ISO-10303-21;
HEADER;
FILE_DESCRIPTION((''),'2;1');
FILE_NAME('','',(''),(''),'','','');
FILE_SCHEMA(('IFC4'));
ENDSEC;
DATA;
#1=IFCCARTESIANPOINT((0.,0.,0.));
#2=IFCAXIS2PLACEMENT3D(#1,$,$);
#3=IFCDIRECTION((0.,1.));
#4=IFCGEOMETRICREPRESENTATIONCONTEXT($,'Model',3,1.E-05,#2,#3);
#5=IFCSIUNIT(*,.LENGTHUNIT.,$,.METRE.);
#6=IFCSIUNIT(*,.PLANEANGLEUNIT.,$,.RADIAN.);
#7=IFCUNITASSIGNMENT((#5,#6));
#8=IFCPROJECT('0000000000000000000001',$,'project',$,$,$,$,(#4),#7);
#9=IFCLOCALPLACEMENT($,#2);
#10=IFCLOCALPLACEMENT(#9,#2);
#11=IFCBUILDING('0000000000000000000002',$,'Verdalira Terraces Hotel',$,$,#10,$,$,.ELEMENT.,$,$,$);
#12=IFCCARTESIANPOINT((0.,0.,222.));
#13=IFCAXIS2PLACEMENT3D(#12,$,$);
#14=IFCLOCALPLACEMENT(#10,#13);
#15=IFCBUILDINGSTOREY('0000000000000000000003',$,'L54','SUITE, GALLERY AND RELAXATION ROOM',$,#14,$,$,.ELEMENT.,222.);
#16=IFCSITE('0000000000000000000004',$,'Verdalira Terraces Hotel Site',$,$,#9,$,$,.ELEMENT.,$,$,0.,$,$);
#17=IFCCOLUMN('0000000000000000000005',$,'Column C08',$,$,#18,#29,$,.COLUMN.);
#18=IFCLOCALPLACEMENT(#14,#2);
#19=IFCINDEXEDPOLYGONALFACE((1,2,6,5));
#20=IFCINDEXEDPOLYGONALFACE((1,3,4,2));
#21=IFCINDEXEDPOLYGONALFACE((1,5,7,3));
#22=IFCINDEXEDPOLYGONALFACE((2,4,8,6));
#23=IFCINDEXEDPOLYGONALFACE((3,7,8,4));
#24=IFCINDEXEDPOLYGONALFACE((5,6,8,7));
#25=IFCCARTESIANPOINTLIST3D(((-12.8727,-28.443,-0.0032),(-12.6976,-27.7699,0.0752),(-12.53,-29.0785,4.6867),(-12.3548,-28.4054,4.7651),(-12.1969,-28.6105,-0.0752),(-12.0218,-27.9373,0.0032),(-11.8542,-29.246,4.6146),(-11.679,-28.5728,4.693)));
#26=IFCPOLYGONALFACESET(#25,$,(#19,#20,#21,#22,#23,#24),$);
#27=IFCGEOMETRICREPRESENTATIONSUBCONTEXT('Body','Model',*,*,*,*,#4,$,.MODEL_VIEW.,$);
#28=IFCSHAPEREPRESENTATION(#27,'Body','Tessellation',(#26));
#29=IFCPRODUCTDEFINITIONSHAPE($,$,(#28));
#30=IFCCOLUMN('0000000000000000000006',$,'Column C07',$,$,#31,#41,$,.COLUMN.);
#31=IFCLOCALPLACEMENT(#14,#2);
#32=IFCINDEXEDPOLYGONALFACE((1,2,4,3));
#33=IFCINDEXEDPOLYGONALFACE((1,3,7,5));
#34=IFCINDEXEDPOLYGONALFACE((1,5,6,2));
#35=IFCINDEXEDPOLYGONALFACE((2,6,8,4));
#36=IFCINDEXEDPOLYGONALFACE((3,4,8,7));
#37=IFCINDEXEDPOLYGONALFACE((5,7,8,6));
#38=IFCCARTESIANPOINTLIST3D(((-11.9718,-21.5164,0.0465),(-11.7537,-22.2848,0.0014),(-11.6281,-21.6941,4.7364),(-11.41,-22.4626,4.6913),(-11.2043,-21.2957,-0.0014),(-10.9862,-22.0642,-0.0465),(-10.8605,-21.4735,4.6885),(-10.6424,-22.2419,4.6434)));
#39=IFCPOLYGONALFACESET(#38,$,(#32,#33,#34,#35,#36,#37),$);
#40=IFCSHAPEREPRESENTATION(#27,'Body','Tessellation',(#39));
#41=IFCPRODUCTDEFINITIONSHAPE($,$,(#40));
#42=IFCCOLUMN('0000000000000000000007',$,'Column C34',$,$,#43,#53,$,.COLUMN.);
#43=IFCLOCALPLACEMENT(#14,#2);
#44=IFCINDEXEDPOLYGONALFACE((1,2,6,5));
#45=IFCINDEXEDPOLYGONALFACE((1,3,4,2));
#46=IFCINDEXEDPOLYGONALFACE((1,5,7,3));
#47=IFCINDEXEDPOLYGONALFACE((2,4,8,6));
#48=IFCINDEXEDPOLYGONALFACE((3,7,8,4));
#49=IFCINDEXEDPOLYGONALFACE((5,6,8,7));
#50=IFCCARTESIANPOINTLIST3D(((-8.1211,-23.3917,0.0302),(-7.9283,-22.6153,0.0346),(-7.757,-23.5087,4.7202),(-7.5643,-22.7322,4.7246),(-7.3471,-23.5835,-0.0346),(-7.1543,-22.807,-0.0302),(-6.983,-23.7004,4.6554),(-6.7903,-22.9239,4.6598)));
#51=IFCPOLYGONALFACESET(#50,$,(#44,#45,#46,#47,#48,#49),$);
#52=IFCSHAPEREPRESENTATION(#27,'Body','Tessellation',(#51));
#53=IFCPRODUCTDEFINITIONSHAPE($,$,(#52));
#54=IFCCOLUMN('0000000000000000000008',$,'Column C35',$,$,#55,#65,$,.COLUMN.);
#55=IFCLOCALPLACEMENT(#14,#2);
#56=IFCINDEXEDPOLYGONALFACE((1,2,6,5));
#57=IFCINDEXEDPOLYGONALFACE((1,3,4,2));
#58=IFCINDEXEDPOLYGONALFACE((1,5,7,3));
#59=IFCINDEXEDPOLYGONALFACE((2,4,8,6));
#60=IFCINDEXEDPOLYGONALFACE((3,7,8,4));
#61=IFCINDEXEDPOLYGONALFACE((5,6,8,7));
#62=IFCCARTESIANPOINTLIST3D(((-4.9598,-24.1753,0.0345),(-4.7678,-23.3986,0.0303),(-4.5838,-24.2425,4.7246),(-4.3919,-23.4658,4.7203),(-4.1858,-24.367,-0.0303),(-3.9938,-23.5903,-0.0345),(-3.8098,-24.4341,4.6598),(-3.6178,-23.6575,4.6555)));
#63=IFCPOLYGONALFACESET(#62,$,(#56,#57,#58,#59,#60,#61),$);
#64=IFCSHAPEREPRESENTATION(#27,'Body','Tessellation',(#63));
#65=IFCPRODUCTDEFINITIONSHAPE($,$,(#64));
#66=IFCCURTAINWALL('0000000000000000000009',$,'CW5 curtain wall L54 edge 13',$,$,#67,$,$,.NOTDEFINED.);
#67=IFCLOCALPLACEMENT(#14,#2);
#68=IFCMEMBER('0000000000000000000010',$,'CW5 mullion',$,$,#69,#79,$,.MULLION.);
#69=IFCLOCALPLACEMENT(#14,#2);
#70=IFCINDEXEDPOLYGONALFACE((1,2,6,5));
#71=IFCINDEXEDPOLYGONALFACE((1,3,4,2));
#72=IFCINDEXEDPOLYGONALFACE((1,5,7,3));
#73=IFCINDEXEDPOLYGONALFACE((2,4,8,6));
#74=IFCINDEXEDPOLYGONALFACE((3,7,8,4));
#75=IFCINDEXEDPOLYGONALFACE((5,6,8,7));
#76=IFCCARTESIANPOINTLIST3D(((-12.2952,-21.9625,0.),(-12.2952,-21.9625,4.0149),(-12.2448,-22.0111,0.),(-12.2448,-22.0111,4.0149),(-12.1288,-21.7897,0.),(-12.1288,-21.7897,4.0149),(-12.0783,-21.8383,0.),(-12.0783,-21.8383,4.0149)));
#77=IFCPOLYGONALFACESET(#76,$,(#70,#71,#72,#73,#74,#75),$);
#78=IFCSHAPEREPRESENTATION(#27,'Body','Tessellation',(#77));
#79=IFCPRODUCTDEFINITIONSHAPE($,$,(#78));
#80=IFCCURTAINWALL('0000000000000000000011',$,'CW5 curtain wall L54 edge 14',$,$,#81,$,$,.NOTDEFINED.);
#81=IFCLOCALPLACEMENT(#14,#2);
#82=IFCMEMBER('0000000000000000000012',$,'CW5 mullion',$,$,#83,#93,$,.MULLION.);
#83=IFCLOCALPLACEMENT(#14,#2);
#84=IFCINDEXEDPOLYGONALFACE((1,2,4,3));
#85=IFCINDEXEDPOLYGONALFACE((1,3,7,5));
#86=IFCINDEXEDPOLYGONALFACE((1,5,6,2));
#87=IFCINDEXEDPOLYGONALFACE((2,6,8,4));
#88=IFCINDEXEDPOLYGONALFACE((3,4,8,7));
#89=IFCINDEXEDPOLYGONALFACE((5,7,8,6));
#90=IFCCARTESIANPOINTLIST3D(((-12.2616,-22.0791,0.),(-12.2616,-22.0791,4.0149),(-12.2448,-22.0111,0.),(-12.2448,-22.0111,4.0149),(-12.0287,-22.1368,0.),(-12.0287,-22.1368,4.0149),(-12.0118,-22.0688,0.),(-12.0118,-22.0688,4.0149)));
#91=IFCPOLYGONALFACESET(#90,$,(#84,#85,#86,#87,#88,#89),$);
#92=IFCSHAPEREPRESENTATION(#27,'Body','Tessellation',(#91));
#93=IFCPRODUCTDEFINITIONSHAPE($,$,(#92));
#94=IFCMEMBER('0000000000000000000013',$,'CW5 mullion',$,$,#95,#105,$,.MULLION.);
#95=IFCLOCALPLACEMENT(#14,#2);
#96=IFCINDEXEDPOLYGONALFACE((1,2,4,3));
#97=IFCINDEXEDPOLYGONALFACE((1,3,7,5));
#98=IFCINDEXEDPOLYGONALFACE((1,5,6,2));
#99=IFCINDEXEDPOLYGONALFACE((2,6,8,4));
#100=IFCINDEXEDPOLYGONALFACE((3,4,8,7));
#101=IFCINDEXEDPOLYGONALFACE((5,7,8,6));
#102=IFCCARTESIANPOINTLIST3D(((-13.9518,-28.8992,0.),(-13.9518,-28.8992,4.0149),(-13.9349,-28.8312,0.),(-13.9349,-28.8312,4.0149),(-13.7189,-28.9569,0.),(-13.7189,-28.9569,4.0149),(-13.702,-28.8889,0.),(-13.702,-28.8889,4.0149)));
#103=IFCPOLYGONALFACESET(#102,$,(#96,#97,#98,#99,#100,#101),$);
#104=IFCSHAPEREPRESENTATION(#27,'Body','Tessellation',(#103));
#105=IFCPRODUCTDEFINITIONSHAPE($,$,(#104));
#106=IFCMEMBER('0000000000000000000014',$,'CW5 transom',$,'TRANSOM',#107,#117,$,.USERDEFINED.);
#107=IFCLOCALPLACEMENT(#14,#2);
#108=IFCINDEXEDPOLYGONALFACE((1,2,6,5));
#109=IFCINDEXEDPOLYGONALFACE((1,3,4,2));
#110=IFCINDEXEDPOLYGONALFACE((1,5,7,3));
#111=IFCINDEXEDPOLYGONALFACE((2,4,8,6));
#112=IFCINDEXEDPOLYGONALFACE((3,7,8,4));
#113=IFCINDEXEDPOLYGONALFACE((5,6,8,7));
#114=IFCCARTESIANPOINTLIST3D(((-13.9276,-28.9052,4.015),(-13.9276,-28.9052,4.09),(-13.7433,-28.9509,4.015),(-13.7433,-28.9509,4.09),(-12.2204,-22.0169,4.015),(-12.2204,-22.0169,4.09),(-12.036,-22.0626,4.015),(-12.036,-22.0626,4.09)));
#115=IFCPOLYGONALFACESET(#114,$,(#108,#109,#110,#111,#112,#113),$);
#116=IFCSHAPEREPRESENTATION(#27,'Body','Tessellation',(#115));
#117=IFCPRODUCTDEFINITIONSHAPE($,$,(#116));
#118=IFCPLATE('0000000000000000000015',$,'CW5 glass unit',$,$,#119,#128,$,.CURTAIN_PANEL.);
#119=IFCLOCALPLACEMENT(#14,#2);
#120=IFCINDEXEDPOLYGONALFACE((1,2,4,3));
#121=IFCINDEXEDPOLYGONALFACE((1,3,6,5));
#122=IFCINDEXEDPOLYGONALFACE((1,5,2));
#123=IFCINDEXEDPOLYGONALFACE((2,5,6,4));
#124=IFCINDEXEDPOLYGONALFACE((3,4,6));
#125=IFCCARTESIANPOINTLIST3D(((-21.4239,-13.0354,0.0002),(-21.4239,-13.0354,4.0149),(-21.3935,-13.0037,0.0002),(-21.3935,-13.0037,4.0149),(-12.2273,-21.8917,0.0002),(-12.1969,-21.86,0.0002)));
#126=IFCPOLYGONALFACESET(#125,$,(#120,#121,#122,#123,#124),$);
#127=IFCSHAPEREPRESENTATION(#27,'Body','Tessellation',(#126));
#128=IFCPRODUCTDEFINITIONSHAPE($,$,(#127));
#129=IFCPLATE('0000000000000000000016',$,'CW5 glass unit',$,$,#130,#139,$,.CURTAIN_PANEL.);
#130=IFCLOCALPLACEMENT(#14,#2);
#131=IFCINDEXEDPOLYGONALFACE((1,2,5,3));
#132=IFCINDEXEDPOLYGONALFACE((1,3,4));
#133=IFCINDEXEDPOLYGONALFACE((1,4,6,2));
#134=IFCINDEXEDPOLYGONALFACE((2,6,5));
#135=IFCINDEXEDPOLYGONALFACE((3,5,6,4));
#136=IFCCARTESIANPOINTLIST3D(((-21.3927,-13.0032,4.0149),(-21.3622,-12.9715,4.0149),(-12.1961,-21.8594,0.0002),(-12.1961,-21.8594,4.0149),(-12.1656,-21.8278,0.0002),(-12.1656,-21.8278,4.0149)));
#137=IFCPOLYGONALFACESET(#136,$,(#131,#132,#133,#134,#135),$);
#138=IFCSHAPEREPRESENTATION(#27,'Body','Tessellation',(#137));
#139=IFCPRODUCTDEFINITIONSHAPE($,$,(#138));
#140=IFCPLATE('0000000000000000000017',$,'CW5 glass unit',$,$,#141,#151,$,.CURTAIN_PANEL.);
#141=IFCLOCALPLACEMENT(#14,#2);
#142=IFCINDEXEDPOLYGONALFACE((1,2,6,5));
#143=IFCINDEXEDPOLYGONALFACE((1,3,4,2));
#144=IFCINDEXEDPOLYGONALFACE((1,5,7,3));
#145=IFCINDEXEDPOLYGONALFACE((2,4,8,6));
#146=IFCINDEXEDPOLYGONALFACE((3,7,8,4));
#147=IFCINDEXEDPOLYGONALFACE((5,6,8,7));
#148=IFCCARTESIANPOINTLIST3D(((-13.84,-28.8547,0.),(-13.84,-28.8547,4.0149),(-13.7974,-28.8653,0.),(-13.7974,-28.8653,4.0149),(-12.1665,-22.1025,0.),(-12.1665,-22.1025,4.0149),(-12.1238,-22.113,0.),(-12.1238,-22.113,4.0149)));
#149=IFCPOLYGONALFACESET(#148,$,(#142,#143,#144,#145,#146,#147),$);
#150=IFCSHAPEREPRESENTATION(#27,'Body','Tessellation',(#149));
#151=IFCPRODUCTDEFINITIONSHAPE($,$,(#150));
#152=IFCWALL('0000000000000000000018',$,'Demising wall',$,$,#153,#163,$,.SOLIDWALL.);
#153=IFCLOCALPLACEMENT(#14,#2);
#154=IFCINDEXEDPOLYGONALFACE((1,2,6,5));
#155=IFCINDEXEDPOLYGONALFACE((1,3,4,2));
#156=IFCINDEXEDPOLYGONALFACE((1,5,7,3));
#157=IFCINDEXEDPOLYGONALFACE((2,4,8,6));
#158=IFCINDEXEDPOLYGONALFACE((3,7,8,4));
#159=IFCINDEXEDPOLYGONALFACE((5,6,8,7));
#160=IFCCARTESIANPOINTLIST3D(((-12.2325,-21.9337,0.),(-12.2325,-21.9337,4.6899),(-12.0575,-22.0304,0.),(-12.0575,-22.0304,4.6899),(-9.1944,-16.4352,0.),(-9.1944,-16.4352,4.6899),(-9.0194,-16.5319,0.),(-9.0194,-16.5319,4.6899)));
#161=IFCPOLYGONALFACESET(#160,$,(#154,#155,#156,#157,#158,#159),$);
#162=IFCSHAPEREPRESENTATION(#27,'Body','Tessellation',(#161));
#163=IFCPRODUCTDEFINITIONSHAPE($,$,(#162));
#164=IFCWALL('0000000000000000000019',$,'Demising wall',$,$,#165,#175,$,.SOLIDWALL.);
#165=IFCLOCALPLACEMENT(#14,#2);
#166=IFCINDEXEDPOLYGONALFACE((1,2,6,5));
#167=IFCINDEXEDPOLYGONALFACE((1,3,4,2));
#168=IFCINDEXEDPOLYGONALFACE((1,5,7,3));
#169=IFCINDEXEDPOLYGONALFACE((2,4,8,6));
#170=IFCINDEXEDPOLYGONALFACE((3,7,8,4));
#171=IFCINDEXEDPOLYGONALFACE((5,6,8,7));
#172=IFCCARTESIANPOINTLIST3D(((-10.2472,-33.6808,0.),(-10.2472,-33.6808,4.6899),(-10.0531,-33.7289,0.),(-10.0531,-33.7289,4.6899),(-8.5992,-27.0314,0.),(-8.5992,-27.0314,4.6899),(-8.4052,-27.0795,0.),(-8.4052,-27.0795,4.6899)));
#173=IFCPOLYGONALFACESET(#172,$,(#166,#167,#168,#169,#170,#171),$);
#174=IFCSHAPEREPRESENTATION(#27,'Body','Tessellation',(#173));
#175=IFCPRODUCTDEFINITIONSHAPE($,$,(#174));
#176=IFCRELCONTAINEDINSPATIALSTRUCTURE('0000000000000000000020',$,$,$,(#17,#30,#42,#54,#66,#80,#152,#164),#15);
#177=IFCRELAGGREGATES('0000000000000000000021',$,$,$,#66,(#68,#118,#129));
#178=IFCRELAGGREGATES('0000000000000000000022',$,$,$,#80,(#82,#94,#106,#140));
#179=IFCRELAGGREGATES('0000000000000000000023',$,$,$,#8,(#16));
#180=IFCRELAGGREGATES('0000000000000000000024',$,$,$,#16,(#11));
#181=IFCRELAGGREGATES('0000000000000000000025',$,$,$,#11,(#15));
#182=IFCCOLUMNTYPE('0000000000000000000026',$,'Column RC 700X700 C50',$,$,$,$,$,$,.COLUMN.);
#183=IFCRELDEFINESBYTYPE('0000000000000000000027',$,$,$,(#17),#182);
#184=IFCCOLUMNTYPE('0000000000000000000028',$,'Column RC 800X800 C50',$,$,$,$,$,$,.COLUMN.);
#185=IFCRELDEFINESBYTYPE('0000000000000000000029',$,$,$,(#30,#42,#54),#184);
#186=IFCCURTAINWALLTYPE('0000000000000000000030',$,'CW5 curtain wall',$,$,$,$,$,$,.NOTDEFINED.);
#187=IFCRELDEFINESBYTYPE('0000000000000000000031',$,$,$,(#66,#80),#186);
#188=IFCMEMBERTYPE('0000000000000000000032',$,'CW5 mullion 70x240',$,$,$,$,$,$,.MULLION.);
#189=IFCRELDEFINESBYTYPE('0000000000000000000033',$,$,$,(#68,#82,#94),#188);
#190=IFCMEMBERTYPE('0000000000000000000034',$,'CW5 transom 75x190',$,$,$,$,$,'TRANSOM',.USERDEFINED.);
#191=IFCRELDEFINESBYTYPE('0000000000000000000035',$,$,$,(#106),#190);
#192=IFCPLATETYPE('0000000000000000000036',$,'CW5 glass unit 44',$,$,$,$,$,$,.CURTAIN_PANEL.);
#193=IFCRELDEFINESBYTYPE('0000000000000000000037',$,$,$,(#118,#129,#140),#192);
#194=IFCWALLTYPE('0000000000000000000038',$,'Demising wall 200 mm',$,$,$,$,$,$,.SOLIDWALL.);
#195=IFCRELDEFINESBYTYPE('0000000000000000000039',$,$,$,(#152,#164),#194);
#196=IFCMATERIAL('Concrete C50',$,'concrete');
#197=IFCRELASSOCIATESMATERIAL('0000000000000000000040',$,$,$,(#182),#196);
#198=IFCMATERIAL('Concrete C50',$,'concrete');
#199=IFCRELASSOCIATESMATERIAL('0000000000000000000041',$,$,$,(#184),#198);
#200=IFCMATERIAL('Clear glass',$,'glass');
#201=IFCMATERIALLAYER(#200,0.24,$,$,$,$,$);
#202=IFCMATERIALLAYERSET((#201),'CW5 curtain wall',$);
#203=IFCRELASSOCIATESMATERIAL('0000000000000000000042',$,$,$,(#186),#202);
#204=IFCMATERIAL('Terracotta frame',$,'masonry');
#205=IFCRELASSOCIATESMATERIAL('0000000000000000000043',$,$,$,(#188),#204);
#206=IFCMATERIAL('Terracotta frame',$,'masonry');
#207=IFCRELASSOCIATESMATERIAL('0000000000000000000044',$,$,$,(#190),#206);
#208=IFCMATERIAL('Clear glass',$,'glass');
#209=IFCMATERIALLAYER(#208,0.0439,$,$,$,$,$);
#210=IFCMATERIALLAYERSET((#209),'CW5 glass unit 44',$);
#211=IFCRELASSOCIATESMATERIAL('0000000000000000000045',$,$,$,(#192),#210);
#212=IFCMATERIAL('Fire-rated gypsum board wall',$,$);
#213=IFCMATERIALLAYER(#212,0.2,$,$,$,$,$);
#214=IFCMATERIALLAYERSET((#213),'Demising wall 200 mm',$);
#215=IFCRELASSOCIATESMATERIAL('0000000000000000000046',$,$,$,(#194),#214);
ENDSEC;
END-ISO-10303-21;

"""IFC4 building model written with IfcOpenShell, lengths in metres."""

from ifc_helpers import new_model, si_unit, direction, frame, frame_2d, origin, origin_2d, place, context, subcontext, project, spatial, polyline, rectangle, outline, extrude, material, layer, layer_set, material_profile, profile_set, type_object, element, aggregate, save


model = new_model("IFC4")

# Units and contexts
model_context = context("Model", 3, precision=1e-05, world=origin(), true_north=direction((0.0, 1.0)))
body_context = subcontext(model_context, "Body", "Model", "MODEL_VIEW")
ifc_project = project(units=[si_unit("LENGTHUNIT", "METRE"), si_unit("PLANEANGLEUNIT", "RADIAN")], contexts=[model_context])

# Site, building, storey
site_placement = place(None, origin())
site = spatial("IfcSite", under=ifc_project, at=site_placement, Name="Verdalira Terraces Hotel Site", CompositionType="ELEMENT", RefElevation=0.0)
building_placement = place(site_placement, origin())
building = spatial("IfcBuilding", under=site, at=building_placement, Name="Verdalira Terraces Hotel", CompositionType="ELEMENT")
storey_placement = place(building_placement, frame((0.0, 0.0, 222.0)))
storey = spatial("IfcBuildingStorey", under=building, at=storey_placement, Name="L54", Description="SUITE, GALLERY AND RELAXATION ROOM", CompositionType="ELEMENT", Elevation=222.0)

# Columns
ifc_material_1 = material(Name="Concrete C50", Category="concrete")
ifc_material_profile_1 = material_profile(ifc_material_1, rectangle(XDim=0.7, YDim=0.7, at=origin_2d()), Name="RC 700X700")
ifc_profile_set_1 = profile_set([ifc_material_profile_1], Name="Concrete C50")
column_type_1 = type_object("IfcColumnType", Name="Column RC 700X700 C50", PredefinedType="COLUMN", material=ifc_profile_set_1)
column_1_placement = place(storey_placement, frame((-12.4473, -28.1902, 0.0), z_axis=(0.072236, -0.133924, 0.988355), x_axis=(-0.250241, -0.961681, -0.112021)))
element("IfcColumn", 1, at=column_1_placement, inside=storey, type_object=column_type_1, Name="Column C08", PredefinedType="COLUMN", context=body_context, shape_type="SweptSolid", body=[
    extrude(rectangle(XDim=0.7, YDim=0.7, at=origin_2d()), origin(), (0.0, 0.0, 1.0), 4.7451),
])
ifc_material_2 = material(Name="Concrete C50", Category="concrete")
ifc_material_profile_2 = material_profile(ifc_material_2, rectangle(XDim=0.8, YDim=0.8, at=origin_2d()), Name="RC 800X800")
ifc_profile_set_2 = profile_set([ifc_material_profile_2], Name="Concrete C50")
column_type_2 = type_object("IfcColumnType", Name="Column RC 800X800 C50", PredefinedType="COLUMN", material=ifc_profile_set_2)
column_2_placement = place(storey_placement, frame((-11.479, -21.7903, 0.0), z_axis=(0.073047, -0.037769, 0.996613), x_axis=(-0.272605, 0.960473, 0.05638)))
element("IfcColumn", 2, at=column_2_placement, inside=storey, type_object=column_type_2, Name="Column C07", PredefinedType="COLUMN", context=body_context, shape_type="SweptSolid", body=[
    extrude(rectangle(XDim=0.8, YDim=0.8, at=origin_2d()), origin(), (0.0, 0.0, 1.0), 4.7058),
])
for number, where, z_axis, x_axis, name in (
    (3, (-7.6377, -23.0994, 0.0), (0.077359, -0.024852, 0.996693), (-0.240897, -0.970535, -0.005503), "Column C34"),
    (4, (-4.4768, -23.8828, 0.0), (0.079902, -0.014268, 0.996701), (-0.239934, -0.970774, 0.005338), "Column C35"),
):
    element("IfcColumn", number, at=place(storey_placement, frame(where, z_axis=z_axis, x_axis=x_axis)), inside=storey, type_object=column_type_2, Name=name, PredefinedType="COLUMN", context=body_context, shape_type="SweptSolid", body=[
        extrude(rectangle(XDim=0.8, YDim=0.8, at=origin_2d()), origin(), (0.0, 0.0, 1.0), 4.7056),
    ])

# Curtain wall, member
ifc_material_3 = material(Name="Clear glass", Category="glass")
ifc_layer_1 = layer(ifc_material_3, 0.24)
ifc_layer_set_1 = layer_set([ifc_layer_1], Name="CW5 curtain wall")
curtain_wall_type = type_object("IfcCurtainWallType", Name="CW5 curtain wall", PredefinedType="NOTDEFINED", material=ifc_layer_set_1)
curtain_wall_1_placement = place(storey_placement, origin())
curtain_wall_1 = element("IfcCurtainWall", 5, at=curtain_wall_1_placement, inside=storey, type_object=curtain_wall_type, Name="CW5 curtain wall L54 edge 13", PredefinedType="NOTDEFINED")
ifc_material_4 = material(Name="Terracotta frame", Category="masonry")
ifc_material_profile_3 = material_profile(ifc_material_4, rectangle(XDim=0.0701, YDim=0.24, at=origin_2d()), Name="MU 70x240")
ifc_profile_set_3 = profile_set([ifc_material_profile_3], Name="Terracotta frame")
member_type_1 = type_object("IfcMemberType", Name="CW5 mullion 70x240", PredefinedType="MULLION", material=ifc_profile_set_3)
member_1_placement = place(storey_placement, frame((-12.1868, -21.9004, 0.0), z_axis=(0.0, 0.0, 1.0), x_axis=(0.720309, -0.693653, 0.0)))
member_1 = element("IfcMember", 6, at=member_1_placement, type_object=member_type_1, Name="CW5 mullion", PredefinedType="MULLION", context=body_context, shape_type="SweptSolid", body=[
    extrude(rectangle(XDim=0.0701, YDim=0.24, at=origin_2d()), origin(), (0.0, 0.0, 1.0), 4.0149),
])

# Curtain wall, members
curtain_wall_2_placement = place(storey_placement, origin())
curtain_wall_2 = element("IfcCurtainWall", 7, at=curtain_wall_2_placement, inside=storey, type_object=curtain_wall_type, Name="CW5 curtain wall L54 edge 14", PredefinedType="NOTDEFINED")
member_2_placement = place(storey_placement, frame((-12.1367, -22.074, 0.0), z_axis=(0.0, 0.0, 1.0), x_axis=(-0.240567, -0.970633, 0.0)))
member_2 = element("IfcMember", 8, at=member_2_placement, type_object=member_type_1, Name="CW5 mullion", PredefinedType="MULLION", context=body_context, shape_type="SweptSolid", body=[
    extrude(rectangle(XDim=0.0701, YDim=0.24, at=origin_2d()), origin(), (0.0, 0.0, 1.0), 4.0149),
])
member_3_placement = place(storey_placement, frame((-13.8269, -28.894, 0.0), z_axis=(0.0, 0.0, 1.0), x_axis=(-0.240567, -0.970633, 0.0)))
member_3 = element("IfcMember", 9, at=member_3_placement, type_object=member_type_1, Name="CW5 mullion", PredefinedType="MULLION", context=body_context, shape_type="SweptSolid", body=[
    extrude(rectangle(XDim=0.0701, YDim=0.24, at=origin_2d()), origin(), (0.0, 0.0, 1.0), 4.0149),
])
ifc_material_5 = material(Name="Terracotta frame", Category="masonry")
ifc_material_profile_4 = material_profile(ifc_material_5, rectangle(XDim=0.1899, YDim=0.075, at=origin_2d()), Name="TR 75x190")
ifc_profile_set_4 = profile_set([ifc_material_profile_4], Name="Terracotta frame")
member_type_2 = type_object("IfcMemberType", Name="CW5 transom 75x190", ElementType="TRANSOM", PredefinedType="USERDEFINED", material=ifc_profile_set_4)
member_4_placement = place(storey_placement, frame((-12.1282, -22.0398, 4.0525), z_axis=(-0.240576, -0.97063, 0.0), x_axis=(0.97063, -0.240576, 0.0)))
member_4 = element("IfcMember", 10, at=member_4_placement, type_object=member_type_2, Name="CW5 transom", ObjectType="TRANSOM", PredefinedType="USERDEFINED", context=body_context, shape_type="SweptSolid", body=[
    extrude(rectangle(XDim=0.1899, YDim=0.075, at=origin_2d()), origin(), (0.0, 0.0, 1.0), 7.0967),
])

# Plates
ifc_material_6 = material(Name="Clear glass", Category="glass")
ifc_layer_2 = layer(ifc_material_6, 0.0439)
ifc_layer_set_2 = layer_set([ifc_layer_2], Name="CW5 glass unit 44")
plate_type = type_object("IfcPlateType", Name="CW5 glass unit 44", PredefinedType="CURTAIN_PANEL", material=ifc_layer_set_2)
plate_1_placement = place(storey_placement, frame((-16.7952, -17.4319, 2.0076), z_axis=(-0.693653, -0.720309, 0.0), x_axis=(0.720309, -0.693653, 0.0)))
plate_1 = element("IfcPlate", 11, at=plate_1_placement, type_object=plate_type, Name="CW5 glass unit", PredefinedType="CURTAIN_PANEL", context=body_context, shape_type="SweptSolid", body=[
    extrude(outline(polyline([(-6.3838, -2.0073), (6.3838, -2.0073), (-6.3838, 2.0073), (-6.3838, -2.0073)])), origin(), (0.0, 0.0, 1.0), 0.0439),
])
plate_2_placement = place(storey_placement, frame((-16.7639, -17.3997, 2.0076), z_axis=(-0.693653, -0.720309, 0.0), x_axis=(0.720309, -0.693653, 0.0)))
plate_2 = element("IfcPlate", 12, at=plate_2_placement, type_object=plate_type, Name="CW5 glass unit", PredefinedType="CURTAIN_PANEL", context=body_context, shape_type="SweptSolid", body=[
    extrude(outline(polyline([(6.3838, -2.0073), (6.3838, 2.0073), (-6.3838, 2.0073), (6.3838, -2.0073)])), origin(), (0.0, 0.0, 1.0), 0.0439),
])
aggregate(curtain_wall_1, [member_1, plate_1, plate_2])
plate_3_placement = place(storey_placement, frame((-12.9819, -25.4839, 0.0), z_axis=(0.0, 0.0, 1.0), x_axis=(-0.240567, -0.970633, 0.0)))
plate_3 = element("IfcPlate", 13, at=plate_3_placement, type_object=plate_type, Name="CW5 glass unit", PredefinedType="CURTAIN_PANEL", context=body_context, shape_type="SweptSolid", body=[
    extrude(rectangle(XDim=6.9565, YDim=0.0439, at=origin_2d()), origin(), (0.0, 0.0, 1.0), 4.0149),
])
aggregate(curtain_wall_2, [member_2, member_3, member_4, plate_3])

# Walls
ifc_material_7 = material(Name="Fire-rated gypsum board wall")
ifc_layer_3 = layer(ifc_material_7, 0.2)
ifc_layer_set_3 = layer_set([ifc_layer_3], Name="Demising wall 200 mm")
wall_type_1 = type_object("IfcWallType", Name="Demising wall 200 mm", PredefinedType="SOLIDWALL", material=ifc_layer_set_3)
wall_1_placement = place(storey_placement, frame((-12.145, -21.9822, 0.0), z_axis=(0.0, 0.0, 1.0), x_axis=(0.483616, 0.87528, 0.0)))
element("IfcWall", 14, at=wall_1_placement, inside=storey, type_object=wall_type_1, Name="Demising wall", PredefinedType="SOLIDWALL", context=body_context, shape_type="SweptSolid", body=[
    extrude(rectangle(XDim=6.282, YDim=0.2, at=frame_2d((3.1411, 0.0))), origin(), (0.0, 0.0, 1.0), 4.6899),
])
wall_2_placement = place(storey_placement, frame((-8.5022, -27.0554, 0.0), z_axis=(0.0, 0.0, 1.0), x_axis=(-0.240556, -0.970635, 0.0)))
element("IfcWall", 15, at=wall_2_placement, inside=storey, type_object=wall_type_1, Name="Demising wall", PredefinedType="SOLIDWALL", context=body_context, shape_type="SweptSolid", body=[
    extrude(rectangle(XDim=6.8506, YDim=0.2, at=frame_2d((3.4253, 0.0))), origin(), (0.0, 0.0, 1.0), 4.6899),
])

save(model, "model.ifc")
